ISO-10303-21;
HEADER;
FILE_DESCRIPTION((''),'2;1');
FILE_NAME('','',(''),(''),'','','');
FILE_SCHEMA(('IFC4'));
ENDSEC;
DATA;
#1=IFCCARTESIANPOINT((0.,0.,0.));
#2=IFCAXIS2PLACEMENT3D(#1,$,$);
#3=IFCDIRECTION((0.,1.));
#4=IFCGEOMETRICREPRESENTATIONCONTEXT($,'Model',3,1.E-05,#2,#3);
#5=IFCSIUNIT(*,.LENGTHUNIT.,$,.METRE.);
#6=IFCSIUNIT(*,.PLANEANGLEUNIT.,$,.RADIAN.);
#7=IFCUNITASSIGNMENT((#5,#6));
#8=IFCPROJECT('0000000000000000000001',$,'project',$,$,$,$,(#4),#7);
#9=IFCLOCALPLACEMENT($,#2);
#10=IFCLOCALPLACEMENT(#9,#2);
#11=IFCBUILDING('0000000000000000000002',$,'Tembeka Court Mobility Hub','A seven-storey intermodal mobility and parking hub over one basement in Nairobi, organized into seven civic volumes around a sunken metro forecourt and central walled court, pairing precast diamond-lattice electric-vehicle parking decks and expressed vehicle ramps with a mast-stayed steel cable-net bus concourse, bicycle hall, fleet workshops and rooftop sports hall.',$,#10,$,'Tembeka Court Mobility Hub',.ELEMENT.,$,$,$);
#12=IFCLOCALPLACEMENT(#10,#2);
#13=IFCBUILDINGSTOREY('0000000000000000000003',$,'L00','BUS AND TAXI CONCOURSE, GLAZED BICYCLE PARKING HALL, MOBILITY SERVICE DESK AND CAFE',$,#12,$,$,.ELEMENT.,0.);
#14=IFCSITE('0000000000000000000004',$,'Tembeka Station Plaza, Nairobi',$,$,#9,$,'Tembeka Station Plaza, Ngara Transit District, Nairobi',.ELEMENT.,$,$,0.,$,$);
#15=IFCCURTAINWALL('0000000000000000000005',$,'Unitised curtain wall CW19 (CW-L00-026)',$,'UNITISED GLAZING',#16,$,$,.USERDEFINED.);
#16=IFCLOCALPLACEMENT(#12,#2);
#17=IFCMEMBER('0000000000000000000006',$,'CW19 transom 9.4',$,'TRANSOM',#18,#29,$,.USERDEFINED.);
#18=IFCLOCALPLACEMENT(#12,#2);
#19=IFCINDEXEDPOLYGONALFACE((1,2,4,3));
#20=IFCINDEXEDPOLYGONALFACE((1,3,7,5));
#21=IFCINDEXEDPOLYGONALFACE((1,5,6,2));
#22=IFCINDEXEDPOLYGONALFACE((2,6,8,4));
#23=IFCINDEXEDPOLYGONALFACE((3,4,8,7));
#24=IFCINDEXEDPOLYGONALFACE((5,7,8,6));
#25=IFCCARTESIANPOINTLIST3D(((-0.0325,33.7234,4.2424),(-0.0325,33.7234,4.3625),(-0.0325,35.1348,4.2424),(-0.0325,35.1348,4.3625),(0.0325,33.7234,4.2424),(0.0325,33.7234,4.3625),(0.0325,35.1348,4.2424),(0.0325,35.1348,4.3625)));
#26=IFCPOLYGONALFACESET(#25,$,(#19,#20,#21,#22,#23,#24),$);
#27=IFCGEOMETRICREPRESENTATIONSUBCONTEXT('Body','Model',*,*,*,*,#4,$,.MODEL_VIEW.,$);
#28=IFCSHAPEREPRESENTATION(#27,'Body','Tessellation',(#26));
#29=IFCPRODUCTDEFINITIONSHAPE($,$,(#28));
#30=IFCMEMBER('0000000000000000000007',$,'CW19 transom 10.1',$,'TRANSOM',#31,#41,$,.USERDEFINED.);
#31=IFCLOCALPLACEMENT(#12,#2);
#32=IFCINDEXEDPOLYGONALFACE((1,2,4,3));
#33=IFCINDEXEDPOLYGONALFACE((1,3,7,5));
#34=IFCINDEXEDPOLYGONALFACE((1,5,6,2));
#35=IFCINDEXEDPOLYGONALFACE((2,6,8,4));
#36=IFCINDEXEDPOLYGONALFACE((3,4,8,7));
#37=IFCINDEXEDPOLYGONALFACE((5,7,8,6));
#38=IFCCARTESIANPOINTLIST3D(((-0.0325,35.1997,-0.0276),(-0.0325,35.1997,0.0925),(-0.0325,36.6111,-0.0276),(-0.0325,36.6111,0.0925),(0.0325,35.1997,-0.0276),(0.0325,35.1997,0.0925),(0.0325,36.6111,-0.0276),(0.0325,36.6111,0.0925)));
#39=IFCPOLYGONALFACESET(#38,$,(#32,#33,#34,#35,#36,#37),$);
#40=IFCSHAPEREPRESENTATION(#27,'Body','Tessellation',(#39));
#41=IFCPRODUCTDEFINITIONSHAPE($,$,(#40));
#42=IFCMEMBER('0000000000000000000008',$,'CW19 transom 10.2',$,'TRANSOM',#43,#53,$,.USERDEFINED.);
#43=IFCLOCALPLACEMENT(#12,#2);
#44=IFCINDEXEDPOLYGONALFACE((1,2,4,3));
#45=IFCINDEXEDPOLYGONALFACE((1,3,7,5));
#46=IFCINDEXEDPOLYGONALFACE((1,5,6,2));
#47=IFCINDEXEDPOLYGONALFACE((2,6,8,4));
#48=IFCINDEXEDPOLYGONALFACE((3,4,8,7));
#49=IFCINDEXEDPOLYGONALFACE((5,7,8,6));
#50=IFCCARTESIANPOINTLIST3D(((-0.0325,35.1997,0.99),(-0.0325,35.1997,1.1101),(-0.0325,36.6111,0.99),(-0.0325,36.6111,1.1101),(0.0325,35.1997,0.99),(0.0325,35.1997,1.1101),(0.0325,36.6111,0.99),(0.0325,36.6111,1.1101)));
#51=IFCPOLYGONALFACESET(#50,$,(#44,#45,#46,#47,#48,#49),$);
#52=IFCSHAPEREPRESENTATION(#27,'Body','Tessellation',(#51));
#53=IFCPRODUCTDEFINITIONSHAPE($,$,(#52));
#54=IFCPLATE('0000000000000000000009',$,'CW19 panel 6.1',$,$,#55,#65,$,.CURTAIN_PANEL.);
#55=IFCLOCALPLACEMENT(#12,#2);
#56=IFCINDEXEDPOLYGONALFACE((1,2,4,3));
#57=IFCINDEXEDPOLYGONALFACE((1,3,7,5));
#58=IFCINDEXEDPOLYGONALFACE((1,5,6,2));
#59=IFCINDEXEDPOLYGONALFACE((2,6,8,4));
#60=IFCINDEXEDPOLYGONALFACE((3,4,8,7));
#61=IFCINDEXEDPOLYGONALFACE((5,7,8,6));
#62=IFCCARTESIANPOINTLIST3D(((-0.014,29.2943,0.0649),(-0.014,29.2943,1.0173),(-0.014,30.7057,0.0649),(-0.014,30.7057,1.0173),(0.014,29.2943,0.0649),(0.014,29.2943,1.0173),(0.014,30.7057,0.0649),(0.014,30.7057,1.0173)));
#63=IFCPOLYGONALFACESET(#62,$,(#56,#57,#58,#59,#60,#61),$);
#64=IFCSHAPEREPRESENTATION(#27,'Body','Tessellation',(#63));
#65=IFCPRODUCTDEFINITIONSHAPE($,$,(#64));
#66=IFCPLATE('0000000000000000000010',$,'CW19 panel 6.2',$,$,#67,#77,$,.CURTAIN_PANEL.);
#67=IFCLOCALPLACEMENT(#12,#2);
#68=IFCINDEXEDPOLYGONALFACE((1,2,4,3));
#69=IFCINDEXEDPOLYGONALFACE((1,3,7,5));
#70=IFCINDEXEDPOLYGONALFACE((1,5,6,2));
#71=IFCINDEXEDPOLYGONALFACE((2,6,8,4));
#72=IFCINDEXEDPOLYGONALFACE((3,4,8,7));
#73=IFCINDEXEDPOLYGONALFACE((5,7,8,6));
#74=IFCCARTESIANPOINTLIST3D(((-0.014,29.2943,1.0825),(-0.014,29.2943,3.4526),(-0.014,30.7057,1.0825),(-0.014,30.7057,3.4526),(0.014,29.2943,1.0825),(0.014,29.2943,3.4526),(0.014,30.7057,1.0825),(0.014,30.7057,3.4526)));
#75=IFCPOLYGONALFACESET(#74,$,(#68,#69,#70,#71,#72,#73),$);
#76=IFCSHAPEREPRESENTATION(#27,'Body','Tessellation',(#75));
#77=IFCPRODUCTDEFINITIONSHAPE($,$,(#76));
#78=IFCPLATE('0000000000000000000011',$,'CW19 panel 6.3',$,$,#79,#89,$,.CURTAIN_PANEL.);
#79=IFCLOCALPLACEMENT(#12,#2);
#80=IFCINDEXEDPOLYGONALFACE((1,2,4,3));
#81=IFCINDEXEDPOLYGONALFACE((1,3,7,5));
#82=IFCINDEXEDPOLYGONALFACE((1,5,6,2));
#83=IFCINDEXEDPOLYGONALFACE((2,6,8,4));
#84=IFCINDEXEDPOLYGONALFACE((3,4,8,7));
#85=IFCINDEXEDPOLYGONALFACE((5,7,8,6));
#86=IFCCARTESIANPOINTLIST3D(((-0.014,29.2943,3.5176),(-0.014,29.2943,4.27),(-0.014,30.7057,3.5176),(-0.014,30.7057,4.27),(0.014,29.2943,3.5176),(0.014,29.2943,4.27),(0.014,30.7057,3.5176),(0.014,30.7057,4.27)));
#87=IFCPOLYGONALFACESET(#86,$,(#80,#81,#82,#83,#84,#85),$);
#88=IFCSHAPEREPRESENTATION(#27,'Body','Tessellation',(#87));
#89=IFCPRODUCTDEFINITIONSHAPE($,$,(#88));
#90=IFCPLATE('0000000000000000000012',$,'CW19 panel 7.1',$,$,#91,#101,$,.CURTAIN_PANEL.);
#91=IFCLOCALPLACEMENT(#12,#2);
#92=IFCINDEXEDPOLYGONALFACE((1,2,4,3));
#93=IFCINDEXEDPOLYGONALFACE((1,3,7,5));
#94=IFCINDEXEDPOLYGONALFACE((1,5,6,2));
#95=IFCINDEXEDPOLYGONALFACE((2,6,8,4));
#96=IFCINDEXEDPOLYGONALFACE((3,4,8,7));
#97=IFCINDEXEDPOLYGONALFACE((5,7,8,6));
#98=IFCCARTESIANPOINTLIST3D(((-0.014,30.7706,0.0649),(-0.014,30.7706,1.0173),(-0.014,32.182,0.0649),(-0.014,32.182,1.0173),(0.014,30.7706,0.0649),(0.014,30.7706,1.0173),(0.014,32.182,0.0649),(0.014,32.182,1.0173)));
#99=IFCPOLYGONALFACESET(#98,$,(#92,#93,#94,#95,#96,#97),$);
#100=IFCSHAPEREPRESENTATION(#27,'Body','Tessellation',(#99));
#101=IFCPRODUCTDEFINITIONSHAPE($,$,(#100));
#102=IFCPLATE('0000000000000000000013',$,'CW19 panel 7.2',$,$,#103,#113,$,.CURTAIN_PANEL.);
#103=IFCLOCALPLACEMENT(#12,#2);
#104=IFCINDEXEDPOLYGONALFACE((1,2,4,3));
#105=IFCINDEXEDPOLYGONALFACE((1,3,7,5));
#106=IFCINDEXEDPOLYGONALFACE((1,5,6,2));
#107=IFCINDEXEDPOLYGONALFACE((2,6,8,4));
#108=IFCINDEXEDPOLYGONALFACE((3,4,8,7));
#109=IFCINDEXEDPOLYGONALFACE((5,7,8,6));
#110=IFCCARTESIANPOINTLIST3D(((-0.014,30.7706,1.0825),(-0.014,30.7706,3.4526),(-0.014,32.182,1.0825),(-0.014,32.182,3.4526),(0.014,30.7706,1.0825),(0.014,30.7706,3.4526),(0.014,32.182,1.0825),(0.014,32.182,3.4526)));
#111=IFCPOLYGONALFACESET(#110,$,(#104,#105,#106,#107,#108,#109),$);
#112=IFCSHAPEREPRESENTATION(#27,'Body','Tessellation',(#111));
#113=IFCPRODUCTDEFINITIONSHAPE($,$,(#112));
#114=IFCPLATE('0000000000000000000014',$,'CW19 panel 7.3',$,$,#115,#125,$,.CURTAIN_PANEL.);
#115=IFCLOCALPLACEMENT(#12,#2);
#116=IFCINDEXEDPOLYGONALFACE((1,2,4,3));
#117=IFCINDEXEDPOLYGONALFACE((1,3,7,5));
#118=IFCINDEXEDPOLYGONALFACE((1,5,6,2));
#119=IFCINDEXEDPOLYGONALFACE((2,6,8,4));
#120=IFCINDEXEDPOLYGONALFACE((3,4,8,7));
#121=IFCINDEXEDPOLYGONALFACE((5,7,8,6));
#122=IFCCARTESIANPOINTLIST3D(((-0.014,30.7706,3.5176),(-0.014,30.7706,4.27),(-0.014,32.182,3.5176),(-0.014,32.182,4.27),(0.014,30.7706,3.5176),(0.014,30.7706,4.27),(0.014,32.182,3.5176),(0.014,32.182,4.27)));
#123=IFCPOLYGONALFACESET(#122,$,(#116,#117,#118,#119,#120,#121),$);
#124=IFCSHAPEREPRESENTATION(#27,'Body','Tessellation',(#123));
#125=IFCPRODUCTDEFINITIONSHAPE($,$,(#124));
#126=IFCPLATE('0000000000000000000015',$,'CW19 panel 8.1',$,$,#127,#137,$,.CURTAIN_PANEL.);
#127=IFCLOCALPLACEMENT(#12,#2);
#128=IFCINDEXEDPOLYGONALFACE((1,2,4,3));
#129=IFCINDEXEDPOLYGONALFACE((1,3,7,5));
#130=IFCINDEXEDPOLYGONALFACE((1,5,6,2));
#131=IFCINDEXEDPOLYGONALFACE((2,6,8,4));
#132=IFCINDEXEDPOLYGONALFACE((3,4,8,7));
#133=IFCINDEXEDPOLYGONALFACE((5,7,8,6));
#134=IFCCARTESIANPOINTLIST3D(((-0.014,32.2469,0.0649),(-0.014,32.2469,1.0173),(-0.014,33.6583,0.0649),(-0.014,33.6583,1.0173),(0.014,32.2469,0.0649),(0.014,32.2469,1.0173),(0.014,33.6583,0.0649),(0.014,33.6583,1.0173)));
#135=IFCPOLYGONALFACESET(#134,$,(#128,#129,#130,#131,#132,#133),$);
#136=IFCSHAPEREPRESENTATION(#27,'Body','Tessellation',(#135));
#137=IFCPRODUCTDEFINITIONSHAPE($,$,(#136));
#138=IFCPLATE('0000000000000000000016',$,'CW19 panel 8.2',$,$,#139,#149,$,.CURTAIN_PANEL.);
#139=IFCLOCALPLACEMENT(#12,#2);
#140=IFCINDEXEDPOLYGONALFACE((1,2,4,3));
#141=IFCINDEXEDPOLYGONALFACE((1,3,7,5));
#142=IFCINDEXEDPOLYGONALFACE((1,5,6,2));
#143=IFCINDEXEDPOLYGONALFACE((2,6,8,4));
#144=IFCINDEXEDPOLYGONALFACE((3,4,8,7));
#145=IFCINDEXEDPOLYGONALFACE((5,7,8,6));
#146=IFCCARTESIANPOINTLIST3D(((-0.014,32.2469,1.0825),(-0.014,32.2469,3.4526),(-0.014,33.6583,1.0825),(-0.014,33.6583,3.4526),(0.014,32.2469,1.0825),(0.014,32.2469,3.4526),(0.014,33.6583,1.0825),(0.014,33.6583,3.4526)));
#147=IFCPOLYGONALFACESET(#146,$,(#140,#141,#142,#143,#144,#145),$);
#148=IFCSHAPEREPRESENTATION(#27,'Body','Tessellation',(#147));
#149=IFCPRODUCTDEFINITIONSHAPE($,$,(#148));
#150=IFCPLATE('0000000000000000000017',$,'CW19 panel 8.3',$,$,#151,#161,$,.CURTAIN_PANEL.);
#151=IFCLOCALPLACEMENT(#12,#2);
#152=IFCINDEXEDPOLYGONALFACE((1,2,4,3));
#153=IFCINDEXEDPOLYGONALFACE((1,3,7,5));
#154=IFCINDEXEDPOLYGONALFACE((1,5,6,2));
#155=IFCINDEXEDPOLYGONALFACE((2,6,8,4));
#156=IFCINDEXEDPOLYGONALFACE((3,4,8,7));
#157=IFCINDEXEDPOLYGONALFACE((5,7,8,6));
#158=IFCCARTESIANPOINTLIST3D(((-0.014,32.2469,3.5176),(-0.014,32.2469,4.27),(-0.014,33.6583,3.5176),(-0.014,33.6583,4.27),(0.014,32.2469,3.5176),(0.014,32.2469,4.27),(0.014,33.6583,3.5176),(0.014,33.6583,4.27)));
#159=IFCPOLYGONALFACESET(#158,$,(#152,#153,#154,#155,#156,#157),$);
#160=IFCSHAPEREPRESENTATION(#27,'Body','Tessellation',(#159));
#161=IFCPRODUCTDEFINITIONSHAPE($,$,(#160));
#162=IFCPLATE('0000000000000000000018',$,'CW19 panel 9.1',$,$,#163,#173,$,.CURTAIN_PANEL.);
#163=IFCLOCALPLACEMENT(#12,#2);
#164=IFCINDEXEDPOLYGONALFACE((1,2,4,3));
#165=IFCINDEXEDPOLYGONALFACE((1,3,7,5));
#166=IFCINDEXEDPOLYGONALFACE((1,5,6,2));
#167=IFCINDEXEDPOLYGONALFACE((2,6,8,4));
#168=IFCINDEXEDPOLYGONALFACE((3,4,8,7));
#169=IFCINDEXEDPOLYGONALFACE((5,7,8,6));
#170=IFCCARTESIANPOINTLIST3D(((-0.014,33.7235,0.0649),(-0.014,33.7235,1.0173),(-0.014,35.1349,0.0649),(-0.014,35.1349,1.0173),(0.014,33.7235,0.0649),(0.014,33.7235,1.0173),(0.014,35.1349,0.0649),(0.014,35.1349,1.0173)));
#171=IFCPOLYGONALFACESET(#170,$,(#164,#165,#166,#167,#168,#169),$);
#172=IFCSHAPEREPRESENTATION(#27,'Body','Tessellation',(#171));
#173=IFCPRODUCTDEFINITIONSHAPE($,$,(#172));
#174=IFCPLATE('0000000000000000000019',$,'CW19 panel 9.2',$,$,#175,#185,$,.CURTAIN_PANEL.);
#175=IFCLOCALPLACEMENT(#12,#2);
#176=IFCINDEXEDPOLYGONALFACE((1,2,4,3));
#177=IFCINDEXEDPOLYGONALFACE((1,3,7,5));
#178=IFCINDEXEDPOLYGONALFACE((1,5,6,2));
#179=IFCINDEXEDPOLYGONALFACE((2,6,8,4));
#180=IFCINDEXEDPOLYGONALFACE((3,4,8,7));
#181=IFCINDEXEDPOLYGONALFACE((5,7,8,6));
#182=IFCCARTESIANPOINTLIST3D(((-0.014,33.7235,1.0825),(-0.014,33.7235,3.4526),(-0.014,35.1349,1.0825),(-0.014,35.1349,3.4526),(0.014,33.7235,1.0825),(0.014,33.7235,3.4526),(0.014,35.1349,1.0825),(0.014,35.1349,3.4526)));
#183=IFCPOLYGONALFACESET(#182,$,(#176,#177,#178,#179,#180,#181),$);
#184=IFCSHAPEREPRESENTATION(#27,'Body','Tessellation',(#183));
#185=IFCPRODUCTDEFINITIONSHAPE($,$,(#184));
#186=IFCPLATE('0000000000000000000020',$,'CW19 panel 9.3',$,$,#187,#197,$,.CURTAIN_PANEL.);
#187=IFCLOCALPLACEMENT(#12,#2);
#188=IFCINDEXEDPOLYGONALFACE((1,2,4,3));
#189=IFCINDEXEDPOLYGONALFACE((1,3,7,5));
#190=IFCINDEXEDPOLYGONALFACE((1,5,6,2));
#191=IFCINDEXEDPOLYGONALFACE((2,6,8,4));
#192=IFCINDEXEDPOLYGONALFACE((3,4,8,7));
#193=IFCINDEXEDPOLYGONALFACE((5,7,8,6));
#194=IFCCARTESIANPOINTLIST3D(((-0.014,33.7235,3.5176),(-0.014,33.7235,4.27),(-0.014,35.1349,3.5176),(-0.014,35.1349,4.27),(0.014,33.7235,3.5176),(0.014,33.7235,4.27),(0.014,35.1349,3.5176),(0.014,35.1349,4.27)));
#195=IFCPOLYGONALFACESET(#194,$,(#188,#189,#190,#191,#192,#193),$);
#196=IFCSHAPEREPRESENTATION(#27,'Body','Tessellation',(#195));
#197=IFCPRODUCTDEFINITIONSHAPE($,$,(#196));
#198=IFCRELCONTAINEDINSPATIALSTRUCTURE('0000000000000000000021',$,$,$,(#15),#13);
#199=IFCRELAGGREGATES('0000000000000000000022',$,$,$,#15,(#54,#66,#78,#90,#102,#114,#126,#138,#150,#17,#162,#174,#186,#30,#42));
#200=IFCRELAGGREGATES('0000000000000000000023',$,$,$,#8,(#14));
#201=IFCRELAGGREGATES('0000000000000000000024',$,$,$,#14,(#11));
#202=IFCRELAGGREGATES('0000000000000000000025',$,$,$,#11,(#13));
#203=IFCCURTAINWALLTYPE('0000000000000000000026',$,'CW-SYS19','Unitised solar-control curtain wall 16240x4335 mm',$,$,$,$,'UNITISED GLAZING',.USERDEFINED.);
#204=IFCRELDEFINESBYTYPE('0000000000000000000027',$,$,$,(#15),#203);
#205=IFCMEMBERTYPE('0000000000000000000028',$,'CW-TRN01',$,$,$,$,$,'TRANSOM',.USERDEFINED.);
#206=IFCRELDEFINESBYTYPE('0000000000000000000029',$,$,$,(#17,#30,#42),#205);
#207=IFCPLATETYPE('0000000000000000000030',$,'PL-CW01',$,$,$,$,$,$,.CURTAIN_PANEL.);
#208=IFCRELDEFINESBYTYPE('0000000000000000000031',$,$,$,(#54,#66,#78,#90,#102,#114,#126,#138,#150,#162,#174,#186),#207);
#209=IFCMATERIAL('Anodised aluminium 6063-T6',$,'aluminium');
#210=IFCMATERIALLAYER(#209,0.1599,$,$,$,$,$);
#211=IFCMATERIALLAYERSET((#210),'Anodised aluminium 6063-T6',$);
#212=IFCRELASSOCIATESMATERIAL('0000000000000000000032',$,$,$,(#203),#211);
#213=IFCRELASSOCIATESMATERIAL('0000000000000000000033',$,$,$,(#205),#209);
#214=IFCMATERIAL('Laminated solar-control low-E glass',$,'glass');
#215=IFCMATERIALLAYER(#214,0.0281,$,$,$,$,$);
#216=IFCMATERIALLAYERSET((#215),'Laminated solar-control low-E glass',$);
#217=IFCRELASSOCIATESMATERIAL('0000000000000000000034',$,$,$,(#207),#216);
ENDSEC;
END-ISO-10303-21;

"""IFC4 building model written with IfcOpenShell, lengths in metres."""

from ifc_helpers import new_model, si_unit, direction, frame, origin, origin_2d, place, context, subcontext, project, spatial, rectangle, extrude, material, layer, layer_set, material_profile, profile_set, type_object, element, aggregate, save


model = new_model("IFC4")

# Units and contexts
model_context = context("Model", 3, precision=1e-05, world=origin(), true_north=direction((0.0, 1.0)))
body_context = subcontext(model_context, "Body", "Model", "MODEL_VIEW")
ifc_project = project(units=[si_unit("LENGTHUNIT", "METRE"), si_unit("PLANEANGLEUNIT", "RADIAN")], contexts=[model_context])

# Site, building, storey
site_placement = place(None, origin())
site = spatial("IfcSite", under=ifc_project, at=site_placement, Name="Tembeka Station Plaza, Nairobi", LongName="Tembeka Station Plaza, Ngara Transit District, Nairobi", CompositionType="ELEMENT", RefElevation=0.0)
building_placement = place(site_placement, origin())
building = spatial("IfcBuilding", under=site, at=building_placement, Name="Tembeka Court Mobility Hub", Description="A seven-storey intermodal mobility and parking hub over one basement in Nairobi, organized into seven civic volumes around a sunken metro forecourt and central walled court, pairing precast diamond-lattice electric-vehicle parking decks and expressed vehicle ramps with a mast-stayed steel cable-net bus concourse, bicycle hall, fleet workshops and rooftop sports hall.", LongName="Tembeka Court Mobility Hub", CompositionType="ELEMENT")
storey_placement = place(building_placement, origin())
storey = spatial("IfcBuildingStorey", under=building, at=storey_placement, Name="L00", Description="BUS AND TAXI CONCOURSE, GLAZED BICYCLE PARKING HALL, MOBILITY SERVICE DESK AND CAFE", CompositionType="ELEMENT", Elevation=0.0)

# Curtain wall, members, plates
ifc_material_1 = material(Name="Anodised aluminium 6063-T6", Category="aluminium")
ifc_layer_1 = layer(ifc_material_1, 0.1599)
ifc_layer_set_1 = layer_set([ifc_layer_1], Name="Anodised aluminium 6063-T6")
curtain_wall_type = type_object("IfcCurtainWallType", Name="CW-SYS19", Description="Unitised solar-control curtain wall 16240x4335 mm", ElementType="UNITISED GLAZING", PredefinedType="USERDEFINED", material=ifc_layer_set_1)
curtain_wall_placement = place(storey_placement, origin())
curtain_wall = element("IfcCurtainWall", 1, at=curtain_wall_placement, inside=storey, type_object=curtain_wall_type, Name="Unitised curtain wall CW19 (CW-L00-026)", ObjectType="UNITISED GLAZING", PredefinedType="USERDEFINED")
ifc_material_profile_1 = material_profile(ifc_material_1, rectangle(XDim=0.0649, YDim=0.1201, at=origin_2d()), Name="ALU-TRN 65x120")
ifc_profile_set_1 = profile_set([ifc_material_profile_1], Name="Anodised aluminium 6063-T6")
member_type_1 = type_object("IfcMemberType", Name="CW-TRN01", ElementType="TRANSOM", PredefinedType="USERDEFINED", material=ifc_profile_set_1)
member_1_placement = place(storey_placement, frame((0.0, 33.7234, 4.3025), z_axis=(0.0, 1.0, 0.0), x_axis=(-1.0, 0.0, 0.0)))
member_1 = element("IfcMember", 2, at=member_1_placement, type_object=member_type_1, Name="CW19 transom 9.4", ObjectType="TRANSOM", PredefinedType="USERDEFINED", context=body_context, shape_type="SweptSolid", body=[
    extrude(rectangle(XDim=0.0649, YDim=0.1201, at=origin_2d()), origin(), (0.0, 0.0, 1.0), 1.4114),
])
member_2_placement = place(storey_placement, frame((0.0, 35.1997, 0.0325), z_axis=(0.0, 1.0, 0.0), x_axis=(-1.0, 0.0, 0.0)))
member_2 = element("IfcMember", 3, at=member_2_placement, type_object=member_type_1, Name="CW19 transom 10.1", ObjectType="TRANSOM", PredefinedType="USERDEFINED", context=body_context, shape_type="SweptSolid", body=[
    extrude(rectangle(XDim=0.0649, YDim=0.1201, at=origin_2d()), origin(), (0.0, 0.0, 1.0), 1.4114),
])
member_3_placement = place(storey_placement, frame((0.0, 35.1997, 1.05), z_axis=(0.0, 1.0, 0.0), x_axis=(-1.0, 0.0, 0.0)))
member_3 = element("IfcMember", 4, at=member_3_placement, type_object=member_type_1, Name="CW19 transom 10.2", ObjectType="TRANSOM", PredefinedType="USERDEFINED", context=body_context, shape_type="SweptSolid", body=[
    extrude(rectangle(XDim=0.0649, YDim=0.1201, at=origin_2d()), origin(), (0.0, 0.0, 1.0), 1.4114),
])
ifc_material_2 = material(Name="Laminated solar-control low-E glass", Category="glass")
ifc_layer_2 = layer(ifc_material_2, 0.0281)
ifc_layer_set_2 = layer_set([ifc_layer_2], Name="Laminated solar-control low-E glass")
plate_type = type_object("IfcPlateType", Name="PL-CW01", PredefinedType="CURTAIN_PANEL", material=ifc_layer_set_2)
plate_1_placement = place(storey_placement, frame((0.0, 30.0, 0.0649), z_axis=(0.0, 0.0, 1.0), x_axis=(0.0, 1.0, 0.0)))
plate_1 = element("IfcPlate", 5, at=plate_1_placement, type_object=plate_type, Name="CW19 panel 6.1", PredefinedType="CURTAIN_PANEL", context=body_context, shape_type="SweptSolid", body=[
    extrude(rectangle(XDim=1.4114, YDim=0.0281, at=origin_2d()), origin(), (0.0, 0.0, 1.0), 0.9524),
])
plate_2_placement = place(storey_placement, frame((0.0, 30.0, 1.0825), z_axis=(0.0, 0.0, 1.0), x_axis=(0.0, 1.0, 0.0)))
plate_2 = element("IfcPlate", 6, at=plate_2_placement, type_object=plate_type, Name="CW19 panel 6.2", PredefinedType="CURTAIN_PANEL", context=body_context, shape_type="SweptSolid", body=[
    extrude(rectangle(XDim=1.4114, YDim=0.0281, at=origin_2d()), origin(), (0.0, 0.0, 1.0), 2.3701),
])
plate_3_placement = place(storey_placement, frame((0.0, 30.0, 3.5176), z_axis=(0.0, 0.0, 1.0), x_axis=(0.0, 1.0, 0.0)))
plate_3 = element("IfcPlate", 7, at=plate_3_placement, type_object=plate_type, Name="CW19 panel 6.3", PredefinedType="CURTAIN_PANEL", context=body_context, shape_type="SweptSolid", body=[
    extrude(rectangle(XDim=1.4114, YDim=0.0281, at=origin_2d()), origin(), (0.0, 0.0, 1.0), 0.7524),
])
plate_4_placement = place(storey_placement, frame((0.0, 31.4763, 0.0649), z_axis=(0.0, 0.0, 1.0), x_axis=(0.0, 1.0, 0.0)))
plate_4 = element("IfcPlate", 8, at=plate_4_placement, type_object=plate_type, Name="CW19 panel 7.1", PredefinedType="CURTAIN_PANEL", context=body_context, shape_type="SweptSolid", body=[
    extrude(rectangle(XDim=1.4114, YDim=0.0281, at=origin_2d()), origin(), (0.0, 0.0, 1.0), 0.9524),
])
plate_5_placement = place(storey_placement, frame((0.0, 31.4763, 1.0825), z_axis=(0.0, 0.0, 1.0), x_axis=(0.0, 1.0, 0.0)))
plate_5 = element("IfcPlate", 9, at=plate_5_placement, type_object=plate_type, Name="CW19 panel 7.2", PredefinedType="CURTAIN_PANEL", context=body_context, shape_type="SweptSolid", body=[
    extrude(rectangle(XDim=1.4114, YDim=0.0281, at=origin_2d()), origin(), (0.0, 0.0, 1.0), 2.3701),
])
plate_6_placement = place(storey_placement, frame((0.0, 31.4763, 3.5176), z_axis=(0.0, 0.0, 1.0), x_axis=(0.0, 1.0, 0.0)))
plate_6 = element("IfcPlate", 10, at=plate_6_placement, type_object=plate_type, Name="CW19 panel 7.3", PredefinedType="CURTAIN_PANEL", context=body_context, shape_type="SweptSolid", body=[
    extrude(rectangle(XDim=1.4114, YDim=0.0281, at=origin_2d()), origin(), (0.0, 0.0, 1.0), 0.7524),
])
plate_7_placement = place(storey_placement, frame((0.0, 32.9526, 0.0649), z_axis=(0.0, 0.0, 1.0), x_axis=(0.0, 1.0, 0.0)))
plate_7 = element("IfcPlate", 11, at=plate_7_placement, type_object=plate_type, Name="CW19 panel 8.1", PredefinedType="CURTAIN_PANEL", context=body_context, shape_type="SweptSolid", body=[
    extrude(rectangle(XDim=1.4114, YDim=0.0281, at=origin_2d()), origin(), (0.0, 0.0, 1.0), 0.9524),
])
plate_8_placement = place(storey_placement, frame((0.0, 32.9526, 1.0825), z_axis=(0.0, 0.0, 1.0), x_axis=(0.0, 1.0, 0.0)))
plate_8 = element("IfcPlate", 12, at=plate_8_placement, type_object=plate_type, Name="CW19 panel 8.2", PredefinedType="CURTAIN_PANEL", context=body_context, shape_type="SweptSolid", body=[
    extrude(rectangle(XDim=1.4114, YDim=0.0281, at=origin_2d()), origin(), (0.0, 0.0, 1.0), 2.3701),
])
plate_9_placement = place(storey_placement, frame((0.0, 32.9526, 3.5176), z_axis=(0.0, 0.0, 1.0), x_axis=(0.0, 1.0, 0.0)))
plate_9 = element("IfcPlate", 13, at=plate_9_placement, type_object=plate_type, Name="CW19 panel 8.3", PredefinedType="CURTAIN_PANEL", context=body_context, shape_type="SweptSolid", body=[
    extrude(rectangle(XDim=1.4114, YDim=0.0281, at=origin_2d()), origin(), (0.0, 0.0, 1.0), 0.7524),
])
plate_10_placement = place(storey_placement, frame((0.0, 34.4292, 0.0649), z_axis=(0.0, 0.0, 1.0), x_axis=(0.0, 1.0, 0.0)))
plate_10 = element("IfcPlate", 14, at=plate_10_placement, type_object=plate_type, Name="CW19 panel 9.1", PredefinedType="CURTAIN_PANEL", context=body_context, shape_type="SweptSolid", body=[
    extrude(rectangle(XDim=1.4114, YDim=0.0281, at=origin_2d()), origin(), (0.0, 0.0, 1.0), 0.9524),
])
plate_11_placement = place(storey_placement, frame((0.0, 34.4292, 1.0825), z_axis=(0.0, 0.0, 1.0), x_axis=(0.0, 1.0, 0.0)))
plate_11 = element("IfcPlate", 15, at=plate_11_placement, type_object=plate_type, Name="CW19 panel 9.2", PredefinedType="CURTAIN_PANEL", context=body_context, shape_type="SweptSolid", body=[
    extrude(rectangle(XDim=1.4114, YDim=0.0281, at=origin_2d()), origin(), (0.0, 0.0, 1.0), 2.3701),
])
plate_12_placement = place(storey_placement, frame((0.0, 34.4292, 3.5176), z_axis=(0.0, 0.0, 1.0), x_axis=(0.0, 1.0, 0.0)))
plate_12 = element("IfcPlate", 16, at=plate_12_placement, type_object=plate_type, Name="CW19 panel 9.3", PredefinedType="CURTAIN_PANEL", context=body_context, shape_type="SweptSolid", body=[
    extrude(rectangle(XDim=1.4114, YDim=0.0281, at=origin_2d()), origin(), (0.0, 0.0, 1.0), 0.7524),
])
aggregate(curtain_wall, [plate_1, plate_2, plate_3, plate_4, plate_5, plate_6, plate_7, plate_8, plate_9, member_1, plate_10, plate_11, plate_12, member_2, member_3])

save(model, "model.ifc")
